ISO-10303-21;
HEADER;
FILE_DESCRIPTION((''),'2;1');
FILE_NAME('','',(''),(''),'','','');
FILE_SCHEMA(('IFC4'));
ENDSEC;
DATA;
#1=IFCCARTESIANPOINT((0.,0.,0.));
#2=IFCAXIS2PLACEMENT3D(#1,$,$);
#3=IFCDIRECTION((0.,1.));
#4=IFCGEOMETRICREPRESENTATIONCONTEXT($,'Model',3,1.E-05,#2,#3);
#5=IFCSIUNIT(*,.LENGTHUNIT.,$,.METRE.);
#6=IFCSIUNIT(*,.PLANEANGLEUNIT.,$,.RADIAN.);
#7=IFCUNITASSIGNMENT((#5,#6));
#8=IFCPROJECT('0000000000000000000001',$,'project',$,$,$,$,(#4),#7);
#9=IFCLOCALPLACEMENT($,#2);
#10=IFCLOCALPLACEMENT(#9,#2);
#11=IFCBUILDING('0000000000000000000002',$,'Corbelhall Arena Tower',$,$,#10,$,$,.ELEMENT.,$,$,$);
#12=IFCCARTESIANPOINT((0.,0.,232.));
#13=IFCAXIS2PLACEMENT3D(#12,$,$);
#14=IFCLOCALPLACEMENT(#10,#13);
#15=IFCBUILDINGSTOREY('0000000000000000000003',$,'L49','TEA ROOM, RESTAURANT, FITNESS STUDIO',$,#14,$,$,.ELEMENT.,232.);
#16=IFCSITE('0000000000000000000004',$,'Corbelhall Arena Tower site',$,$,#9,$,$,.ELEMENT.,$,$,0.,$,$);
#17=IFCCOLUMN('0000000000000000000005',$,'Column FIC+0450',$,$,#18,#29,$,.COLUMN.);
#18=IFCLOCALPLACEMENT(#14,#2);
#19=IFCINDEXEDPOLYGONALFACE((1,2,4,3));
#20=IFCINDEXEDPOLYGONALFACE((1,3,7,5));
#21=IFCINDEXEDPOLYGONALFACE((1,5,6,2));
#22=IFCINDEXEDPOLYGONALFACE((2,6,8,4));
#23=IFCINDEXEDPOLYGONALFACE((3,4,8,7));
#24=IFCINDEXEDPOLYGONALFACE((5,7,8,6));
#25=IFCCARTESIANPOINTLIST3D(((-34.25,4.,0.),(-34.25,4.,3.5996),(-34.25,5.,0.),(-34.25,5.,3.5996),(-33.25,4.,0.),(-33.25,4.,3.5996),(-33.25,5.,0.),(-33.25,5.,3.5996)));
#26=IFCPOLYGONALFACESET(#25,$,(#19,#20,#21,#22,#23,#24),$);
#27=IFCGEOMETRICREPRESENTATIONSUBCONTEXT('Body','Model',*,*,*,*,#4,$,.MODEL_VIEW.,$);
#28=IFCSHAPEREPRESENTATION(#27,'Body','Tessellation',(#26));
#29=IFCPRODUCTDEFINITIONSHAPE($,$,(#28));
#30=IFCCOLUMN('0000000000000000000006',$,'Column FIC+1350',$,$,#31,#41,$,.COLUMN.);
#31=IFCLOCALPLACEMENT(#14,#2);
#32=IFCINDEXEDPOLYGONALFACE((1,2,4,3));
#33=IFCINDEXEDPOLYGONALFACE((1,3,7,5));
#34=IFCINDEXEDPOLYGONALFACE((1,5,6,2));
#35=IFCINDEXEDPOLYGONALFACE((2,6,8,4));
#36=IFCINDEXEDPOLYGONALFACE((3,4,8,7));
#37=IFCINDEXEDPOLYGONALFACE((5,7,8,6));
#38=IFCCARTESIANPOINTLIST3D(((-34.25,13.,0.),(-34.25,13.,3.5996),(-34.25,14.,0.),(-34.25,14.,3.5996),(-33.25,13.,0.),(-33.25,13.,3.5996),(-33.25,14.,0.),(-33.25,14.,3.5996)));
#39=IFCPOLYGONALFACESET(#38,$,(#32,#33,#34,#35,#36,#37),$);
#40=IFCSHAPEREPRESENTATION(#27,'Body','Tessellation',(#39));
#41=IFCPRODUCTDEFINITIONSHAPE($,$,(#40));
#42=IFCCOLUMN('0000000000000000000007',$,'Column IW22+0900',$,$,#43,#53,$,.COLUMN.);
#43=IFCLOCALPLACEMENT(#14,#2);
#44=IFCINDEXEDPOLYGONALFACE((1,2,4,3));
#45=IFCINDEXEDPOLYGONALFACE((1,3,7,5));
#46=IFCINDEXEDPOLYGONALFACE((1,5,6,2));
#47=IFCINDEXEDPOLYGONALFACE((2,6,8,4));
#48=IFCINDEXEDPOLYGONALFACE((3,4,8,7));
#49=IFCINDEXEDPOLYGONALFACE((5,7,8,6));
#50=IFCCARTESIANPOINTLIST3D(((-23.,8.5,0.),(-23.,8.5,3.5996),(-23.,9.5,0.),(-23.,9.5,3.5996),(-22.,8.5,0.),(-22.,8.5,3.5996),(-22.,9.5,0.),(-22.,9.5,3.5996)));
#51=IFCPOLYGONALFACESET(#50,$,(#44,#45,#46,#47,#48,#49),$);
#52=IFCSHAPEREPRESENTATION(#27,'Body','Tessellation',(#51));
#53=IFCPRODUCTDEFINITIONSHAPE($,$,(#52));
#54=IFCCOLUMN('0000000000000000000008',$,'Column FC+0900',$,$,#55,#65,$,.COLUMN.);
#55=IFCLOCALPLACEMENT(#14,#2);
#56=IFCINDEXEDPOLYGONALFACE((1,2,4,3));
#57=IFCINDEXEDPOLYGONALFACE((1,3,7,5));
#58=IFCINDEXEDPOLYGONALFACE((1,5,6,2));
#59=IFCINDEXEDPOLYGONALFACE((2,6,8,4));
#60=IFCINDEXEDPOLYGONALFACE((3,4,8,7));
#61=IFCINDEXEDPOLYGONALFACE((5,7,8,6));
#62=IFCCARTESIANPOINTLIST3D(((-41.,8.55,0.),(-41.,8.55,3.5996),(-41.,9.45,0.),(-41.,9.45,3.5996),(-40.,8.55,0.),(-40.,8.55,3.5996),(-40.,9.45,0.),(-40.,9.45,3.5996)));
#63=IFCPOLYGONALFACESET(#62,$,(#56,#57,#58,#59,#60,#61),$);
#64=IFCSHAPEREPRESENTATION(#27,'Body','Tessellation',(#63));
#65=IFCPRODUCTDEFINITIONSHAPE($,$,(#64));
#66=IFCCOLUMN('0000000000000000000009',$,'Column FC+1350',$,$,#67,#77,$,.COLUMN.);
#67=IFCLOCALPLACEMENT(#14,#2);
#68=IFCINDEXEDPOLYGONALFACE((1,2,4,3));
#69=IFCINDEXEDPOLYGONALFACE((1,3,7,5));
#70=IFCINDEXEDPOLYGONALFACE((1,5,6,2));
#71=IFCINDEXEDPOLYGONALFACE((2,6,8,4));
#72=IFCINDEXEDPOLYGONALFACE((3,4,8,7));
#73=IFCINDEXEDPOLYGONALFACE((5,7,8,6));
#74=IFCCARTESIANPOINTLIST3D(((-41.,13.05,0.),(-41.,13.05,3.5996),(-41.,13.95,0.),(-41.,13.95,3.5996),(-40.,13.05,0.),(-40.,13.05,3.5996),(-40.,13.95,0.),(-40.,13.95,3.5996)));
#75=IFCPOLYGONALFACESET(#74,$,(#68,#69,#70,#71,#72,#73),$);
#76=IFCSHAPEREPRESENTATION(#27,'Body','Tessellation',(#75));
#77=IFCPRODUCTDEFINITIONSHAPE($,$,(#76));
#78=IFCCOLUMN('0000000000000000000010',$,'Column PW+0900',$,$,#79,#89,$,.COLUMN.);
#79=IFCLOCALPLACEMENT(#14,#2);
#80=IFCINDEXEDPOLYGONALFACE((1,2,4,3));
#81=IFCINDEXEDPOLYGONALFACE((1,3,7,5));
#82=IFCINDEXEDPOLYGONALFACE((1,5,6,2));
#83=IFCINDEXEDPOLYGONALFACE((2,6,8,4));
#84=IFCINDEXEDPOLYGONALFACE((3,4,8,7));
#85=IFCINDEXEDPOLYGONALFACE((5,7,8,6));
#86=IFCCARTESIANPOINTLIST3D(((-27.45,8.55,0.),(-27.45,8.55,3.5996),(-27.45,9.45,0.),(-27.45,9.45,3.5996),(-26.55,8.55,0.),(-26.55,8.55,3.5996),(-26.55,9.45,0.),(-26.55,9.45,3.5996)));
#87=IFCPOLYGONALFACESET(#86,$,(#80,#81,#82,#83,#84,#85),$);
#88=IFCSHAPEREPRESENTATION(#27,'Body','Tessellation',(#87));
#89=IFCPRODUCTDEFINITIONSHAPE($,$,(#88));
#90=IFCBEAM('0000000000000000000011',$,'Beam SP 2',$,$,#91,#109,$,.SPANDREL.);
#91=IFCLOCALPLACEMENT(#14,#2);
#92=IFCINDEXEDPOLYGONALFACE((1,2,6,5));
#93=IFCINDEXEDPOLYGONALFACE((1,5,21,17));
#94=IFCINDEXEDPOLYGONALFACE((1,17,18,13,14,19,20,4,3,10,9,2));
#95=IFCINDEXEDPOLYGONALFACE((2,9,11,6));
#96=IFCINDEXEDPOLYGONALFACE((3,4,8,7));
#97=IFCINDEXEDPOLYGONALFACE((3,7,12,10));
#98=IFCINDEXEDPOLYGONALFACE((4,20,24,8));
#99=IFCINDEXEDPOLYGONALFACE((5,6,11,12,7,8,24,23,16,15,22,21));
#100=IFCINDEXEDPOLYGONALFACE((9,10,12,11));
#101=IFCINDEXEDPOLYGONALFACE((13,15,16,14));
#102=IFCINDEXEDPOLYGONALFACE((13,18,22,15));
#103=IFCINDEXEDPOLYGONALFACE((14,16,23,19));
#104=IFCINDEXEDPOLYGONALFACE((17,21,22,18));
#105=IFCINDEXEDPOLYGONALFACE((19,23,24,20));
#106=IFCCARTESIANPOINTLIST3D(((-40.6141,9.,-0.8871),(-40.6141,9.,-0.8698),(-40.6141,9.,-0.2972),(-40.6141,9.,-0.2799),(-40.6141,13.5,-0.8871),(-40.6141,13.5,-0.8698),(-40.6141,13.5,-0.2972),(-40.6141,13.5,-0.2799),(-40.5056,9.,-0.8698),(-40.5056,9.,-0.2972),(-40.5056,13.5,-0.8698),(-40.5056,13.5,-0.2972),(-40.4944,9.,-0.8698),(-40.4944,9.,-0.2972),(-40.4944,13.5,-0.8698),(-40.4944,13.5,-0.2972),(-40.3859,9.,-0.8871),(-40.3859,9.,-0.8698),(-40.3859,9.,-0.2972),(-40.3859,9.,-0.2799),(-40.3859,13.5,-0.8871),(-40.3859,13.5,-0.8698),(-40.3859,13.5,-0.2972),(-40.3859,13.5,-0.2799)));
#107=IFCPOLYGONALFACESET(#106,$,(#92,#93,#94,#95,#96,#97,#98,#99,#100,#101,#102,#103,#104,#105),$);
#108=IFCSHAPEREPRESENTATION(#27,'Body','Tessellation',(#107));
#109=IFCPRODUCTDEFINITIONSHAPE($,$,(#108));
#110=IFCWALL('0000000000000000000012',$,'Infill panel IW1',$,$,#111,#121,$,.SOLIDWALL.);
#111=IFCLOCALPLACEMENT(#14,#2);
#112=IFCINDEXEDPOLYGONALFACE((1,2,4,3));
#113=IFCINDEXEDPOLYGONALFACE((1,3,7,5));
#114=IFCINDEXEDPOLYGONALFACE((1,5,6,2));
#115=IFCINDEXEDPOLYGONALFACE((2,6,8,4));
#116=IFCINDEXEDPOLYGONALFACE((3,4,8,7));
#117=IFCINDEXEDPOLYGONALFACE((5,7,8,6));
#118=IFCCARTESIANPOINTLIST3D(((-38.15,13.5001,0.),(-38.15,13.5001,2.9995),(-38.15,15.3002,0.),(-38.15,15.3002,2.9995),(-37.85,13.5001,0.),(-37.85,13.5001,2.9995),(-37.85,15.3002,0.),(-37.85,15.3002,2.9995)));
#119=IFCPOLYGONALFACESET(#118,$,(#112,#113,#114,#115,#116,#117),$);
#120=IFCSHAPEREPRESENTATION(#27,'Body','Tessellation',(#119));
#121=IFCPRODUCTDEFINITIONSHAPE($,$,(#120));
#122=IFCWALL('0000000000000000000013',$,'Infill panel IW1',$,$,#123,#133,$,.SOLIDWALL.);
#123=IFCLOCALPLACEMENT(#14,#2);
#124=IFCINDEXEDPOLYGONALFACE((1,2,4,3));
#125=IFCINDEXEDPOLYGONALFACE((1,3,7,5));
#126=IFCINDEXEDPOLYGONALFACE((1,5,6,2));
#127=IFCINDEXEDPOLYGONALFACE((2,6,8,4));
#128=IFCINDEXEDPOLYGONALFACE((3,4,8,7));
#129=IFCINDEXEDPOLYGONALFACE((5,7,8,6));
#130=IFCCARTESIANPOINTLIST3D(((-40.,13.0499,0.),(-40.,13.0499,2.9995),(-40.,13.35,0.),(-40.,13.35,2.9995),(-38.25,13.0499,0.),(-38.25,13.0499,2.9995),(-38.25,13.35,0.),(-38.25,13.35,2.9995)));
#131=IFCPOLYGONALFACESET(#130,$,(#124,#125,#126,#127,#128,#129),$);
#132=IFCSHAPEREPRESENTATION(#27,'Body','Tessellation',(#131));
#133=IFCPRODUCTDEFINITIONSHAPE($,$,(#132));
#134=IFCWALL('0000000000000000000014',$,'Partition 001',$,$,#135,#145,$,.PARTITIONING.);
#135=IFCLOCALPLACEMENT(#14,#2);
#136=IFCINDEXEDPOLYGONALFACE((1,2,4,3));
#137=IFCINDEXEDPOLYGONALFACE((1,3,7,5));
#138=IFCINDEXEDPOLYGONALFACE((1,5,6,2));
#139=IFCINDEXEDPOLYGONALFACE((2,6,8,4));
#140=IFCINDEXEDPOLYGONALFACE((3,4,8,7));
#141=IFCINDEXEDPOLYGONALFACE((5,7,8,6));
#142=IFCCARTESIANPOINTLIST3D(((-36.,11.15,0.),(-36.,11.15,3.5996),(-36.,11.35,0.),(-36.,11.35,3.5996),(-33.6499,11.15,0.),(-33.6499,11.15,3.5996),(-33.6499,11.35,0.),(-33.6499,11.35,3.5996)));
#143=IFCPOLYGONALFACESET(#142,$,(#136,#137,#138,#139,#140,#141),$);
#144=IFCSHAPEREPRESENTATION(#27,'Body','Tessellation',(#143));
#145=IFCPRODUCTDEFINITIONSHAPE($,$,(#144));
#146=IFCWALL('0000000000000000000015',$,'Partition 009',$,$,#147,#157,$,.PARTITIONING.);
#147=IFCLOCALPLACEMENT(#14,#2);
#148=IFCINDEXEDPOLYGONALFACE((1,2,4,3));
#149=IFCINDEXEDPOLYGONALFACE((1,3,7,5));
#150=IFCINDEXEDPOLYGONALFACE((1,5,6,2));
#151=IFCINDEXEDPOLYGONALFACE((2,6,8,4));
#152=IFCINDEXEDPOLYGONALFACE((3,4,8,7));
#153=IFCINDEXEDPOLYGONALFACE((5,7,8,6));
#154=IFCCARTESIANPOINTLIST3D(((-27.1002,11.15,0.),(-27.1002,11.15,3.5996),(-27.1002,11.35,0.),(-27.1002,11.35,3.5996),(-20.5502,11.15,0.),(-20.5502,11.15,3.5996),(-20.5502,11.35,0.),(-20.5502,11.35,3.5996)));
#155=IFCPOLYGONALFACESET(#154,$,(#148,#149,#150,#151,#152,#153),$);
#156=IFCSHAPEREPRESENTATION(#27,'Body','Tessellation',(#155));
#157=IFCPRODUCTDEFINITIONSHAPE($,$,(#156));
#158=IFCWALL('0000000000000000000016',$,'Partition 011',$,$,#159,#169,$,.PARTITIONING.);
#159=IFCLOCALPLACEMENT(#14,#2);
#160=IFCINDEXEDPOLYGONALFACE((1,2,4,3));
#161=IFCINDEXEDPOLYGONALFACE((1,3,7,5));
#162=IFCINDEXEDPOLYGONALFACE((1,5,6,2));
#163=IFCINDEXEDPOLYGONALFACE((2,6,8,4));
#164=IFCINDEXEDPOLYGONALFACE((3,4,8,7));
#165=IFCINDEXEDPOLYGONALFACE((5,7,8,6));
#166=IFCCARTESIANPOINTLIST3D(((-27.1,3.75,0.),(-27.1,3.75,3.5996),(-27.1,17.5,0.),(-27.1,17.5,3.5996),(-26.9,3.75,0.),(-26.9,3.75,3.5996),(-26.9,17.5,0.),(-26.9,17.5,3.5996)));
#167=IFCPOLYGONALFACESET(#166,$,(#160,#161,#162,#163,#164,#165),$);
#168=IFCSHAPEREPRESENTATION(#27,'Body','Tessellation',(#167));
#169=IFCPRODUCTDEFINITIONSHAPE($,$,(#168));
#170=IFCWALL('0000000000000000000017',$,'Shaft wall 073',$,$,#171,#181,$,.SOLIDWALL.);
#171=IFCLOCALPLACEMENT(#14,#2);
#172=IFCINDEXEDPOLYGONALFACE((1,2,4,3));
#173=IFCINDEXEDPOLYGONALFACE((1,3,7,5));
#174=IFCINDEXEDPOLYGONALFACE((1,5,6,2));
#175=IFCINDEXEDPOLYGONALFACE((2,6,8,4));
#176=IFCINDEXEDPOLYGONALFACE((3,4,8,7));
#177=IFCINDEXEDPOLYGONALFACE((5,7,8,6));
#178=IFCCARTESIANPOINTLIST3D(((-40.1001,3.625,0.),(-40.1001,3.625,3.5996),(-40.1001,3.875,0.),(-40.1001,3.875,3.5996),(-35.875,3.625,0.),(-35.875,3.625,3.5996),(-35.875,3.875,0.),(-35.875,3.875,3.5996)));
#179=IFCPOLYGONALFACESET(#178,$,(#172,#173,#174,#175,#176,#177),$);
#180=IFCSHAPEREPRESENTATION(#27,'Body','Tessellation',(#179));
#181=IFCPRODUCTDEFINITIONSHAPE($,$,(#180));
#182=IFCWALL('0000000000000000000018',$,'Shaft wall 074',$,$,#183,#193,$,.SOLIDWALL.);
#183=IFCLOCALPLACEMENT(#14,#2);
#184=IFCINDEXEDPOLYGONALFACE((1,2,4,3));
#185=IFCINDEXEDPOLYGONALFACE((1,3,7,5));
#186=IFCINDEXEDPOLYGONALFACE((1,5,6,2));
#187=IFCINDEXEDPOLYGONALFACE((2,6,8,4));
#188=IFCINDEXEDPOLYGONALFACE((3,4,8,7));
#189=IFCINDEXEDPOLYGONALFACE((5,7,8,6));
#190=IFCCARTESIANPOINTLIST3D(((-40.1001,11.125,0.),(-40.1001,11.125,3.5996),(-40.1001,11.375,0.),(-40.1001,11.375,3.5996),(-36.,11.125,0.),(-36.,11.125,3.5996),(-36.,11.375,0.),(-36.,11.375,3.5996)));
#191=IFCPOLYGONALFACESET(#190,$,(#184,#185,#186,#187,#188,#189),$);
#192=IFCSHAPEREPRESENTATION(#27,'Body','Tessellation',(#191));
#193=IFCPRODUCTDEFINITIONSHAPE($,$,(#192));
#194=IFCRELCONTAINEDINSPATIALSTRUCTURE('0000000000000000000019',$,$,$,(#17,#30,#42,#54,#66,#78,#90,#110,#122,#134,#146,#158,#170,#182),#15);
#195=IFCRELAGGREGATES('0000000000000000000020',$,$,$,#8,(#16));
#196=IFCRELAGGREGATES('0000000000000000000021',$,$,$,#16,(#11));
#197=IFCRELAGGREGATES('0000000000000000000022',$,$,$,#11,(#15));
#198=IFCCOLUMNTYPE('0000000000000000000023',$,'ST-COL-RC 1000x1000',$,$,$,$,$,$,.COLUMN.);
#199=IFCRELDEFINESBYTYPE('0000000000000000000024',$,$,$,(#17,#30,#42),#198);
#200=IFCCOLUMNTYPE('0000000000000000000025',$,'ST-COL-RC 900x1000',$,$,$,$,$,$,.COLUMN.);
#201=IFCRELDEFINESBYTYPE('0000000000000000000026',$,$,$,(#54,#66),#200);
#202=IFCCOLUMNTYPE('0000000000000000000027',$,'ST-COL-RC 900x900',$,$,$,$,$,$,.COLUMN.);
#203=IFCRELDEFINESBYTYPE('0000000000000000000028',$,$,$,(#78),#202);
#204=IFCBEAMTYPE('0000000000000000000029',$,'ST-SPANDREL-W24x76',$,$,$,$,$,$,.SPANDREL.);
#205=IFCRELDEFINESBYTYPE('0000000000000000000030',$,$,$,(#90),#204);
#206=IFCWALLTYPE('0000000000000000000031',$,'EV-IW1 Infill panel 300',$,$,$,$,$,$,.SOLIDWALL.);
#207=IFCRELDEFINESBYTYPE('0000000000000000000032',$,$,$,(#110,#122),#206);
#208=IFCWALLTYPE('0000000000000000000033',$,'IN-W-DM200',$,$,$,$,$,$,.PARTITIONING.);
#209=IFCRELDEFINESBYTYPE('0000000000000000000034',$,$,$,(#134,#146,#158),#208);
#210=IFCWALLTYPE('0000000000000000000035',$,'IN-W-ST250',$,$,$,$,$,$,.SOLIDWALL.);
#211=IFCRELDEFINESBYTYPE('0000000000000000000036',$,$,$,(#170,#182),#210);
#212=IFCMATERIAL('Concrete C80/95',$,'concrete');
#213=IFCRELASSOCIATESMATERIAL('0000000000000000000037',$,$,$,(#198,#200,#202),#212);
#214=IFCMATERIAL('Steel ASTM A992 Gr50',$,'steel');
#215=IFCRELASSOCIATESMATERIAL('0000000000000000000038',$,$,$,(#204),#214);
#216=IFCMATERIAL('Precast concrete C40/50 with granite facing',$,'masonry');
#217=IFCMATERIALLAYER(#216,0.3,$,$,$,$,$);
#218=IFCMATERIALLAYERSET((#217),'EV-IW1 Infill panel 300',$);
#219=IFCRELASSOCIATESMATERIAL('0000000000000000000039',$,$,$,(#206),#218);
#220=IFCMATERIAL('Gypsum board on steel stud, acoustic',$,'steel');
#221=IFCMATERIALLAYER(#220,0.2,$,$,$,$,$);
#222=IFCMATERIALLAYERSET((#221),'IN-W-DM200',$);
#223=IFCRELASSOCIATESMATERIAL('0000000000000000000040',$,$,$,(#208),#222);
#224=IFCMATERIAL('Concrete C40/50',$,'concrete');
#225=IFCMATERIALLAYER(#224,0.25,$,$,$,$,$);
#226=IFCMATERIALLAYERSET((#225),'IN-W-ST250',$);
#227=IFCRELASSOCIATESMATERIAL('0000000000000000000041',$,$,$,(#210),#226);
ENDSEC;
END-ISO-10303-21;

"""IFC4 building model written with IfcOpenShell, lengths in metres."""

from ifc_helpers import new_model, si_unit, direction, frame, frame_2d, origin, origin_2d, place, context, subcontext, project, spatial, rectangle, i_section, extrude, material, layer, layer_set, material_profile, profile_set, type_object, element, save


model = new_model("IFC4")

# Units and contexts
model_context = context("Model", 3, precision=1e-05, world=origin(), true_north=direction((0.0, 1.0)))
body_context = subcontext(model_context, "Body", "Model", "MODEL_VIEW")
ifc_project = project(units=[si_unit("LENGTHUNIT", "METRE"), si_unit("PLANEANGLEUNIT", "RADIAN")], contexts=[model_context])

# Site, building, storey
site_placement = place(None, origin())
site = spatial("IfcSite", under=ifc_project, at=site_placement, Name="Corbelhall Arena Tower site", CompositionType="ELEMENT", RefElevation=0.0)
building_placement = place(site_placement, origin())
building = spatial("IfcBuilding", under=site, at=building_placement, Name="Corbelhall Arena Tower", CompositionType="ELEMENT")
storey_placement = place(building_placement, frame((0.0, 0.0, 232.0)))
storey = spatial("IfcBuildingStorey", under=building, at=storey_placement, Name="L49", Description="TEA ROOM, RESTAURANT, FITNESS STUDIO", CompositionType="ELEMENT", Elevation=232.0)

# Columns
ifc_material_1 = material(Name="Concrete C80/95", Category="concrete")
ifc_material_profile_1 = material_profile(ifc_material_1, rectangle(XDim=1.0, YDim=1.0, at=origin_2d()))
ifc_profile_set_1 = profile_set([ifc_material_profile_1], Name="Concrete C80/95")
column_type_1 = type_object("IfcColumnType", Name="ST-COL-RC 1000x1000", PredefinedType="COLUMN", material=ifc_profile_set_1)
for number, where, z_axis, x_axis, name in (
    (1, (-33.75, 4.5, 0.0), (0.0, 0.0, 1.0), (1.0, 0.0, 0.0), "Column FIC+0450"),
    (2, (-33.75, 13.5, 0.0), (0.0, 0.0, 1.0), (1.0, 0.0, 0.0), "Column FIC+1350"),
    (3, (-22.5, 9.0, 0.0), (0.0, 0.0, 1.0), (1.0, 0.0, 0.0), "Column IW22+0900"),
):
    element("IfcColumn", number, at=place(storey_placement, frame(where, z_axis=z_axis, x_axis=x_axis)), inside=storey, type_object=column_type_1, Name=name, PredefinedType="COLUMN", context=body_context, shape_type="SweptSolid", body=[
        extrude(rectangle(XDim=1.0, YDim=1.0, at=origin_2d()), origin(), (0.0, 0.0, 1.0), 3.5996),
    ])
ifc_material_profile_2 = material_profile(ifc_material_1, rectangle(XDim=0.8999, YDim=1.0, at=origin_2d()))
ifc_profile_set_2 = profile_set([ifc_material_profile_2], Name="Concrete C80/95")
column_type_2 = type_object("IfcColumnType", Name="ST-COL-RC 900x1000", PredefinedType="COLUMN", material=ifc_profile_set_2)
for number, where, z_axis, x_axis, name in (
    (4, (-40.5, 9.0, 0.0), (0.0, 0.0, 1.0), (0.0, 1.0, 0.0), "Column FC+0900"),
    (5, (-40.5, 13.5, 0.0), (0.0, 0.0, 1.0), (0.0, 1.0, 0.0), "Column FC+1350"),
):
    element("IfcColumn", number, at=place(storey_placement, frame(where, z_axis=z_axis, x_axis=x_axis)), inside=storey, type_object=column_type_2, Name=name, PredefinedType="COLUMN", context=body_context, shape_type="SweptSolid", body=[
        extrude(rectangle(XDim=0.8999, YDim=1.0, at=origin_2d()), origin(), (0.0, 0.0, 1.0), 3.5996),
    ])
ifc_material_profile_3 = material_profile(ifc_material_1, rectangle(XDim=0.8999, YDim=0.8999, at=origin_2d()))
ifc_profile_set_3 = profile_set([ifc_material_profile_3], Name="Concrete C80/95")
column_type_3 = type_object("IfcColumnType", Name="ST-COL-RC 900x900", PredefinedType="COLUMN", material=ifc_profile_set_3)
column_placement = place(storey_placement, frame((-27.0, 9.0, 0.0), z_axis=(0.0, 0.0, 1.0), x_axis=(1.0, 0.0, 0.0)))
element("IfcColumn", 6, at=column_placement, inside=storey, type_object=column_type_3, Name="Column PW+0900", PredefinedType="COLUMN", context=body_context, shape_type="SweptSolid", body=[
    extrude(rectangle(XDim=0.8999, YDim=0.8999, at=origin_2d()), origin(), (0.0, 0.0, 1.0), 3.5996),
])

# Beam
ifc_material_2 = material(Name="Steel ASTM A992 Gr50", Category="steel")
ifc_material_profile_4 = material_profile(ifc_material_2, i_section(OverallWidth=0.2283, OverallDepth=0.6072, WebThickness=0.0112, FlangeThickness=0.0173, at=origin_2d()))
ifc_profile_set_4 = profile_set([ifc_material_profile_4], Name="Steel ASTM A992 Gr50")
beam_type = type_object("IfcBeamType", Name="ST-SPANDREL-W24x76", PredefinedType="SPANDREL", material=ifc_profile_set_4)
beam_placement = place(storey_placement, frame((-40.5, 9.0, -0.5835), z_axis=(0.0, 1.0, 0.0), x_axis=(-1.0, 0.0, 0.0)))
element("IfcBeam", 7, at=beam_placement, inside=storey, type_object=beam_type, Name="Beam SP 2", PredefinedType="SPANDREL", context=body_context, shape_type="SweptSolid", body=[
    extrude(i_section(OverallWidth=0.2283, OverallDepth=0.6072, WebThickness=0.0112, FlangeThickness=0.0173, at=origin_2d()), origin(), (0.0, 0.0, 1.0), 4.5),
])

# Walls
ifc_material_3 = material(Name="Precast concrete C40/50 with granite facing", Category="masonry")
ifc_layer_1 = layer(ifc_material_3, 0.3)
ifc_layer_set_1 = layer_set([ifc_layer_1], Name="EV-IW1 Infill panel 300")
wall_type_1 = type_object("IfcWallType", Name="EV-IW1 Infill panel 300", PredefinedType="SOLIDWALL", material=ifc_layer_set_1)
wall_1_placement = place(storey_placement, frame((-38.0, 15.3, 0.0), z_axis=(0.0, 0.0, 1.0), x_axis=(0.0, -1.0, 0.0)))
element("IfcWall", 8, at=wall_1_placement, inside=storey, type_object=wall_type_1, Name="Infill panel IW1", PredefinedType="SOLIDWALL", context=body_context, shape_type="SweptSolid", body=[
    extrude(rectangle(XDim=1.8, YDim=0.3, at=frame_2d((0.8999, 0.0))), origin(), (0.0, 0.0, 1.0), 2.9995),
])
wall_2_placement = place(storey_placement, frame((-40.0, 13.2, 0.0), z_axis=(0.0, 0.0, 1.0), x_axis=(1.0, 0.0, 0.0)))
element("IfcWall", 9, at=wall_2_placement, inside=storey, type_object=wall_type_1, Name="Infill panel IW1", PredefinedType="SOLIDWALL", context=body_context, shape_type="SweptSolid", body=[
    extrude(rectangle(XDim=1.75, YDim=0.3, at=frame_2d((0.875, 0.0))), origin(), (0.0, 0.0, 1.0), 2.9995),
])

# Wall
ifc_material_4 = material(Name="Gypsum board on steel stud, acoustic", Category="steel")
ifc_layer_2 = layer(ifc_material_4, 0.2)
ifc_layer_set_2 = layer_set([ifc_layer_2], Name="IN-W-DM200")
wall_type_2 = type_object("IfcWallType", Name="IN-W-DM200", PredefinedType="PARTITIONING", material=ifc_layer_set_2)
wall_3_placement = place(storey_placement, frame((-36.0, 11.25, 0.0), z_axis=(0.0, 0.0, 1.0), x_axis=(1.0, 0.0, 0.0)))
element("IfcWall", 10, at=wall_3_placement, inside=storey, type_object=wall_type_2, Name="Partition 001", PredefinedType="PARTITIONING", context=body_context, shape_type="SweptSolid", body=[
    extrude(rectangle(XDim=2.3501, YDim=0.2, at=frame_2d((1.175, 0.0))), origin(), (0.0, 0.0, 1.0), 3.5996),
])

# Walls
wall_4_placement = place(storey_placement, frame((-27.1001, 11.25, 0.0), z_axis=(0.0, 0.0, 1.0), x_axis=(1.0, 0.0, 0.0)))
element("IfcWall", 11, at=wall_4_placement, inside=storey, type_object=wall_type_2, Name="Partition 009", PredefinedType="PARTITIONING", context=body_context, shape_type="SweptSolid", body=[
    extrude(rectangle(XDim=6.55, YDim=0.2, at=frame_2d((3.2749, 0.0))), origin(), (0.0, 0.0, 1.0), 3.5996),
])
wall_5_placement = place(storey_placement, frame((-27.0, 3.75, 0.0), z_axis=(0.0, 0.0, 1.0), x_axis=(0.0, 1.0, 0.0)))
element("IfcWall", 12, at=wall_5_placement, inside=storey, type_object=wall_type_2, Name="Partition 011", PredefinedType="PARTITIONING", context=body_context, shape_type="SweptSolid", body=[
    extrude(rectangle(XDim=13.75, YDim=0.2, at=frame_2d((6.875, 0.0))), origin(), (0.0, 0.0, 1.0), 3.5996),
])
ifc_material_5 = material(Name="Concrete C40/50", Category="concrete")
ifc_layer_3 = layer(ifc_material_5, 0.25)
ifc_layer_set_3 = layer_set([ifc_layer_3], Name="IN-W-ST250")
wall_type_3 = type_object("IfcWallType", Name="IN-W-ST250", PredefinedType="SOLIDWALL", material=ifc_layer_set_3)
wall_6_placement = place(storey_placement, frame((-40.1001, 3.75, 0.0), z_axis=(0.0, 0.0, 1.0), x_axis=(1.0, 0.0, 0.0)))
element("IfcWall", 13, at=wall_6_placement, inside=storey, type_object=wall_type_3, Name="Shaft wall 073", PredefinedType="SOLIDWALL", context=body_context, shape_type="SweptSolid", body=[
    extrude(rectangle(XDim=4.2251, YDim=0.25, at=frame_2d((2.1125, 0.0))), origin(), (0.0, 0.0, 1.0), 3.5996),
])
wall_7_placement = place(storey_placement, frame((-40.1001, 11.25, 0.0), z_axis=(0.0, 0.0, 1.0), x_axis=(1.0, 0.0, 0.0)))
element("IfcWall", 14, at=wall_7_placement, inside=storey, type_object=wall_type_3, Name="Shaft wall 074", PredefinedType="SOLIDWALL", context=body_context, shape_type="SweptSolid", body=[
    extrude(rectangle(XDim=4.1001, YDim=0.25, at=frame_2d((2.05, 0.0))), origin(), (0.0, 0.0, 1.0), 3.5996),
])

save(model, "model.ifc")
